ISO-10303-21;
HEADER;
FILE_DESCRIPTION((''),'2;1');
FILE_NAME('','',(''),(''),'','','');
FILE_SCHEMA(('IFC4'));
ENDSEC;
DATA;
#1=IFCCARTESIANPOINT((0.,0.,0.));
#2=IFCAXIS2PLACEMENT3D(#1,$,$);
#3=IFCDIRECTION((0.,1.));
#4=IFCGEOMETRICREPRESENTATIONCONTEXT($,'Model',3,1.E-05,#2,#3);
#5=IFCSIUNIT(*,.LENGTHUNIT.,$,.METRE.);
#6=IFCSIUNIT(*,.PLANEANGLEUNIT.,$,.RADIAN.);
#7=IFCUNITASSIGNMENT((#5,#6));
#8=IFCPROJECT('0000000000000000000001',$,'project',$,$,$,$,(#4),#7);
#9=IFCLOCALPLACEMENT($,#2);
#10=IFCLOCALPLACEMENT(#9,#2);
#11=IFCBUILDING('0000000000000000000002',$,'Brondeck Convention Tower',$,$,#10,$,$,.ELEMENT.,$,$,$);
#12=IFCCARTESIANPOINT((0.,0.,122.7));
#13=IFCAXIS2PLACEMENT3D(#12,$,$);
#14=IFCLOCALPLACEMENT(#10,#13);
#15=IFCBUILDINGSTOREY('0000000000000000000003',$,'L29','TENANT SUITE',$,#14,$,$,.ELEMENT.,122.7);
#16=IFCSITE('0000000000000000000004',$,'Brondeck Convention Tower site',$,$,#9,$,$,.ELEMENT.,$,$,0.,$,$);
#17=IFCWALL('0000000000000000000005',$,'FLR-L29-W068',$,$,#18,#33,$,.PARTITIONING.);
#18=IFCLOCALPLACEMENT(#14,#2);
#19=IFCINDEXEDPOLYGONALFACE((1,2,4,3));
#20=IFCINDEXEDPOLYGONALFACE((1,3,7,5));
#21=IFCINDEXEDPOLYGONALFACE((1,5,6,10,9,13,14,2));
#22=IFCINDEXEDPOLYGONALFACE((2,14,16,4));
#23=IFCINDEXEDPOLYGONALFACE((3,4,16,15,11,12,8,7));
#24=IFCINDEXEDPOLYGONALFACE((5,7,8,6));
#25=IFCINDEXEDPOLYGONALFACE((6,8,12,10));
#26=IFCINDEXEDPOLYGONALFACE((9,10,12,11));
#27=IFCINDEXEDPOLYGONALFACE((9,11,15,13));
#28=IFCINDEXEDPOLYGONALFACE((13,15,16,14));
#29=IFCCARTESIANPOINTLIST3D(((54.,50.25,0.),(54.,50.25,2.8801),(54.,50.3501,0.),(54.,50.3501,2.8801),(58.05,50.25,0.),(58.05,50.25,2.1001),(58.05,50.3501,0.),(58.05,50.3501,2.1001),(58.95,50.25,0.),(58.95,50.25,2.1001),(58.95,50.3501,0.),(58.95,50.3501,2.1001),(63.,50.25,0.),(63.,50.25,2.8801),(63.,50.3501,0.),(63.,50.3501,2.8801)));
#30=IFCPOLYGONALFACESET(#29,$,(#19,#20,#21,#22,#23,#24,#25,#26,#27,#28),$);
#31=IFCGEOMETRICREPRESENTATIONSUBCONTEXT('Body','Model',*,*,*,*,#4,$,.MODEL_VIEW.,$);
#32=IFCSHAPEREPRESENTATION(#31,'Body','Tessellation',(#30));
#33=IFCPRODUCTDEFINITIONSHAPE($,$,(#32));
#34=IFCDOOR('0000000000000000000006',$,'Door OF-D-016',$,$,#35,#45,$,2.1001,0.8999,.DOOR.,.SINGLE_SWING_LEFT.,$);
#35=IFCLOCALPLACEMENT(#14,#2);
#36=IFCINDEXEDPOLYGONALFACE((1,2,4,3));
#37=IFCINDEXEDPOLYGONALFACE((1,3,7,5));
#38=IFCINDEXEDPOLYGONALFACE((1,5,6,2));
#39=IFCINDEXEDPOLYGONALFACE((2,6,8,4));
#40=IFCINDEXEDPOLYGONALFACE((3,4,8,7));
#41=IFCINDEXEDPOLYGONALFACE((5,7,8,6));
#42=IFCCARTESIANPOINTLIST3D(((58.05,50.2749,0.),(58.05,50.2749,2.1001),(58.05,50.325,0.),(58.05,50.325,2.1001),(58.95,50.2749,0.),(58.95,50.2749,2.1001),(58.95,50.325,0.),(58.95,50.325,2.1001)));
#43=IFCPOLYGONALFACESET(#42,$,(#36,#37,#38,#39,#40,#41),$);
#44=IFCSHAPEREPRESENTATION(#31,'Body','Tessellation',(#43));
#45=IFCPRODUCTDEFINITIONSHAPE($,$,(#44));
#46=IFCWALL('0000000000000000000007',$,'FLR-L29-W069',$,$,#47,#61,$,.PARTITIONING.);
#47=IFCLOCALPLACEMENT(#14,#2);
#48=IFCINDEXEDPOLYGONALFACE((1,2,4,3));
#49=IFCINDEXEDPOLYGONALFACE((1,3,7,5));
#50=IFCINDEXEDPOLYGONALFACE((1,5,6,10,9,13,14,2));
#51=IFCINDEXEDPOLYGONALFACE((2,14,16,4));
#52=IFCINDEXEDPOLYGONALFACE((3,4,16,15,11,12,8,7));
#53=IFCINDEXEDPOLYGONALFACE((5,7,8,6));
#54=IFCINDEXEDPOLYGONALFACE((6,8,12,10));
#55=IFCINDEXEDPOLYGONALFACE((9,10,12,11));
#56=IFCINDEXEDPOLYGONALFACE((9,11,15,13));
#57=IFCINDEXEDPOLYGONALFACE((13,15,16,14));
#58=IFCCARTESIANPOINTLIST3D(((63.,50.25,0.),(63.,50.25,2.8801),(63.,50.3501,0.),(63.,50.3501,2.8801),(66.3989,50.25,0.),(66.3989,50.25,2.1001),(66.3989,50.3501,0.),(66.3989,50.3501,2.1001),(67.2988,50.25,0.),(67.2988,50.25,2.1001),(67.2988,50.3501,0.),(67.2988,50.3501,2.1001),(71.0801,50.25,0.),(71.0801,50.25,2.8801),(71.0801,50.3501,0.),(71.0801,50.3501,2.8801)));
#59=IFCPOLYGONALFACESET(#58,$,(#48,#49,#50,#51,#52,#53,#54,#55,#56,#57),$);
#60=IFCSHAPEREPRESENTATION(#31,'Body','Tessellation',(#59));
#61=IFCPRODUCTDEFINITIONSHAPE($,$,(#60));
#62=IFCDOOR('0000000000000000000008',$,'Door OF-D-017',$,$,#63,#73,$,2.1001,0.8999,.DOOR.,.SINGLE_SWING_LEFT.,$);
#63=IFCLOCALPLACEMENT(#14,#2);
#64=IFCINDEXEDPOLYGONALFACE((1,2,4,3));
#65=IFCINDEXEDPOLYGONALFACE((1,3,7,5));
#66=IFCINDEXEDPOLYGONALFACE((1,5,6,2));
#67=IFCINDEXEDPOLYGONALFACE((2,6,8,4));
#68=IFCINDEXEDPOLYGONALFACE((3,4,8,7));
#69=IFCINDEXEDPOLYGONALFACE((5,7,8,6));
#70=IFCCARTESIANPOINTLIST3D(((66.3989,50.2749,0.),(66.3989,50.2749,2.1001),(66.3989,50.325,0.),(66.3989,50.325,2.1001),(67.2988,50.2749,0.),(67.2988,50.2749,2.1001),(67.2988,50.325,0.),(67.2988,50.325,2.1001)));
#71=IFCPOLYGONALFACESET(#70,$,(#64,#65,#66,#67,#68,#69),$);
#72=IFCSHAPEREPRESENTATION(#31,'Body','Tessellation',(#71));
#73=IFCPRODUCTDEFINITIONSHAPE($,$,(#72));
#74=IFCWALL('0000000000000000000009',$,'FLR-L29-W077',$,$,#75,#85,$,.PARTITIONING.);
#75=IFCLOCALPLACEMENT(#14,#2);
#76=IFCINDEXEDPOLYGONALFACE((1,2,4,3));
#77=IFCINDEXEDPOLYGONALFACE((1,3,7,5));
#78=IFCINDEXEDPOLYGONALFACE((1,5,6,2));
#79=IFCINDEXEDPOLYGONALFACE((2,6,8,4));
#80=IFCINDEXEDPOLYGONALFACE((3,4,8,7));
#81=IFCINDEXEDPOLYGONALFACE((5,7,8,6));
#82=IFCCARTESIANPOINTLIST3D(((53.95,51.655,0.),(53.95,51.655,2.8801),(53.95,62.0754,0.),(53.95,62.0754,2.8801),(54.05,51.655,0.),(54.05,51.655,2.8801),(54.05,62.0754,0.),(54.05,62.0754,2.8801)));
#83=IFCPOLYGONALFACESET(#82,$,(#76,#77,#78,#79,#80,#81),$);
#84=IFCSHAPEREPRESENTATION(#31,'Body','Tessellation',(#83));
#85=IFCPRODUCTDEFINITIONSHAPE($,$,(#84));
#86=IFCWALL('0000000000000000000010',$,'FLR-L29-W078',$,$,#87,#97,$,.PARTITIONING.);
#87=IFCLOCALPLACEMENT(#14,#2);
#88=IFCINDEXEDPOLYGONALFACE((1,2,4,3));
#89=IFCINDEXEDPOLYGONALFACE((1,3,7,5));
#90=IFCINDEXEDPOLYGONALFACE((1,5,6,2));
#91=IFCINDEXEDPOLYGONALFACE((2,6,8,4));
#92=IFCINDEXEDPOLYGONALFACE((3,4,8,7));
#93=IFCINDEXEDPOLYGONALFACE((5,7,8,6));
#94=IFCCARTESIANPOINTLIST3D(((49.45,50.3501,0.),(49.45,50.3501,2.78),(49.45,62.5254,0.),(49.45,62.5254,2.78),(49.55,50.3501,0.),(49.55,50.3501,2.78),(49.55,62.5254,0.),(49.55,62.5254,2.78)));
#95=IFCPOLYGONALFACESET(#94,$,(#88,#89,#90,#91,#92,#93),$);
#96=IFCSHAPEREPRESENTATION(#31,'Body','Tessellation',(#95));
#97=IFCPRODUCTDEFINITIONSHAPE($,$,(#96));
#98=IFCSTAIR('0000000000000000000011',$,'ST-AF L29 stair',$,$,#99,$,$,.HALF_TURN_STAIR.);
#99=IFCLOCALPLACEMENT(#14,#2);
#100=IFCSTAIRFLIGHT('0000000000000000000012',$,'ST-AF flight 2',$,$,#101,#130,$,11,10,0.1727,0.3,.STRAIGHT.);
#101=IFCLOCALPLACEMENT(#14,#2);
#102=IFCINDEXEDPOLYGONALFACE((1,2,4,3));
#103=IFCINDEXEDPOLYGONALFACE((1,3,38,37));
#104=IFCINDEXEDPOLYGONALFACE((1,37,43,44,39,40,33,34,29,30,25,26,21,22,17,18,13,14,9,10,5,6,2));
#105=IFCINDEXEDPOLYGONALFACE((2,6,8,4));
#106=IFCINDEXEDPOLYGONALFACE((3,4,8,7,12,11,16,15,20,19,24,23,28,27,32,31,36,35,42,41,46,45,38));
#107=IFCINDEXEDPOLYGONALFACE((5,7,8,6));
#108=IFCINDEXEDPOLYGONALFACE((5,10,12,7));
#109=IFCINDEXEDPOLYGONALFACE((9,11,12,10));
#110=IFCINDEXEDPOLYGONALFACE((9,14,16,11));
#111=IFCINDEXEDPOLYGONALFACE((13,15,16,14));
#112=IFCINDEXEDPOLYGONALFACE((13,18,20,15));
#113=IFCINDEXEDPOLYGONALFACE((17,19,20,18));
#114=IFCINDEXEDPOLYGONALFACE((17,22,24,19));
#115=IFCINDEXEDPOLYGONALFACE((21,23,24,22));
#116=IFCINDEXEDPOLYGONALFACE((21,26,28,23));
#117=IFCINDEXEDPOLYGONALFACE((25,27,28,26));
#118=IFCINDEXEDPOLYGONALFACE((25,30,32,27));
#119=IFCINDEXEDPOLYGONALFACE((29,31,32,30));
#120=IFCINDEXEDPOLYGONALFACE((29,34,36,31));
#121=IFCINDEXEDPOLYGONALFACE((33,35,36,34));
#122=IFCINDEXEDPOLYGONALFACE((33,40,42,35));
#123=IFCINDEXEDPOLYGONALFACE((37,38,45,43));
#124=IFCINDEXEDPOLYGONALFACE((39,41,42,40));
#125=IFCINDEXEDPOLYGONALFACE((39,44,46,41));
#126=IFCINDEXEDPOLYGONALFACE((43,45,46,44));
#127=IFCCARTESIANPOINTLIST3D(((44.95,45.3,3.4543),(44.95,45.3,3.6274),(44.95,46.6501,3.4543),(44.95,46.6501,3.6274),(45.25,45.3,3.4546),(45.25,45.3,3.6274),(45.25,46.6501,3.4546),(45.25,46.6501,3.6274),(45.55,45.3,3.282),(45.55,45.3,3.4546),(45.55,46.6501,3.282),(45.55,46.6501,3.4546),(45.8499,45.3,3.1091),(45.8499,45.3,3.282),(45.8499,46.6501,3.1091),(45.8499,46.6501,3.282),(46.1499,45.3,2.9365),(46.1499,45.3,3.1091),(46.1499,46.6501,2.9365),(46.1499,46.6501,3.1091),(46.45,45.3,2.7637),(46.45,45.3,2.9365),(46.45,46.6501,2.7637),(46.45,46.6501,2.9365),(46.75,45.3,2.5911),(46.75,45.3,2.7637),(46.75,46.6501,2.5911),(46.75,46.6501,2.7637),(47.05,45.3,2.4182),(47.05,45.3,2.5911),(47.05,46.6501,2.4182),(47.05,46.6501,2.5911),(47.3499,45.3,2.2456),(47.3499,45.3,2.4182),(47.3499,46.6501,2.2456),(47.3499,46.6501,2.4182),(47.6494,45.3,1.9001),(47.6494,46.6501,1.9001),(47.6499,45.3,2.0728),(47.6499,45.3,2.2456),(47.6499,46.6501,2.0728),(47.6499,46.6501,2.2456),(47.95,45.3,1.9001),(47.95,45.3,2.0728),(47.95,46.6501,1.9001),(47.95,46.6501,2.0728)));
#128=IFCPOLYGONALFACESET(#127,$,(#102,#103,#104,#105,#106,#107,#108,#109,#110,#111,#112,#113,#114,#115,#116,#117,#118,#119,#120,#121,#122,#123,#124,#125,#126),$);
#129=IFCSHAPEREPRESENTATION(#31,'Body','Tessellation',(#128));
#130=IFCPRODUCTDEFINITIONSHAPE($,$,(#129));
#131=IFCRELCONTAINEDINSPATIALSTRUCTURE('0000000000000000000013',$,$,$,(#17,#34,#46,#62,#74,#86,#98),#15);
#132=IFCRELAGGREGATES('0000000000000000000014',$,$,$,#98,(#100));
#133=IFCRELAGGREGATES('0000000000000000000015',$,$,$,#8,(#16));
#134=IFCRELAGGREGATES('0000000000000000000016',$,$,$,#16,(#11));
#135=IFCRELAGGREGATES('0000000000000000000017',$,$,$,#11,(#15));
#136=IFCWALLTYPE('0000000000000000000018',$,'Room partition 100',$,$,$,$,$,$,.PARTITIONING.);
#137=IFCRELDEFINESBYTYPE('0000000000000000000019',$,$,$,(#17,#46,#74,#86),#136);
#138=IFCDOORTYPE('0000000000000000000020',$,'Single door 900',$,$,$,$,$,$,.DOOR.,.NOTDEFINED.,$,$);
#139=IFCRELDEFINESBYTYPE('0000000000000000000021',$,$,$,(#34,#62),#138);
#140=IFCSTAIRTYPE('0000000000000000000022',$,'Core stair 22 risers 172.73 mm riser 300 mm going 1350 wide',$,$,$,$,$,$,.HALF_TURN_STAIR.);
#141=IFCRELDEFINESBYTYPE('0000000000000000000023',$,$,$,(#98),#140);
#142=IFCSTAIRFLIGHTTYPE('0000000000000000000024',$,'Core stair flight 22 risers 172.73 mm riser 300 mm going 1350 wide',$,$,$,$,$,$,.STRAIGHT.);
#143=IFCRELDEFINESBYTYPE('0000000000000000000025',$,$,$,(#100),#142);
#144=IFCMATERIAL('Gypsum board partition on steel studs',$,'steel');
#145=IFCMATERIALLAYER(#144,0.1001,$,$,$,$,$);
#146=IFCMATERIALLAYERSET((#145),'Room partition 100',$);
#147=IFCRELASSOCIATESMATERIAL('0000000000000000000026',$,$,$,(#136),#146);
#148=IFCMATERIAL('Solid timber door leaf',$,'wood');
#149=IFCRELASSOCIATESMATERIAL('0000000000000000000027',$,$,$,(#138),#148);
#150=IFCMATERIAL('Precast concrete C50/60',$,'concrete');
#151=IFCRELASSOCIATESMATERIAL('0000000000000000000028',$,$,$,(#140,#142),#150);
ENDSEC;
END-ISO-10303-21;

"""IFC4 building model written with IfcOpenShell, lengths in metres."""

from ifc_helpers import new_model, si_unit, direction, frame, frame_2d, origin, place, context, subcontext, project, spatial, polyline, rectangle, outline, extrude, material, layer, layer_set, type_object, element, fill, aggregate, save


model = new_model("IFC4")

# Units and contexts
model_context = context("Model", 3, precision=1e-05, world=origin(), true_north=direction((0.0, 1.0)))
body_context = subcontext(model_context, "Body", "Model", "MODEL_VIEW")
ifc_project = project(units=[si_unit("LENGTHUNIT", "METRE"), si_unit("PLANEANGLEUNIT", "RADIAN")], contexts=[model_context])

# Site, building, storey
site_placement = place(None, origin())
site = spatial("IfcSite", under=ifc_project, at=site_placement, Name="Brondeck Convention Tower site", CompositionType="ELEMENT", RefElevation=0.0)
building_placement = place(site_placement, origin())
building = spatial("IfcBuilding", under=site, at=building_placement, Name="Brondeck Convention Tower", CompositionType="ELEMENT")
storey_placement = place(building_placement, frame((0.0, 0.0, 122.7)))
storey = spatial("IfcBuildingStorey", under=building, at=storey_placement, Name="L29", Description="TENANT SUITE", CompositionType="ELEMENT", Elevation=122.7)

# Shared definitions
ifc_material_1 = material(Name="Gypsum board partition on steel studs", Category="steel")
ifc_layer_1 = layer(ifc_material_1, 0.1001)
ifc_layer_set_1 = layer_set([ifc_layer_1], Name="Room partition 100")
wall_type_1 = type_object("IfcWallType", Name="Room partition 100", PredefinedType="PARTITIONING", material=ifc_layer_set_1)

# Shared definitions
ifc_material_2 = material(Name="Solid timber door leaf", Category="wood")
door_type = type_object("IfcDoorType", Name="Single door 900", OperationType="NOTDEFINED", PredefinedType="DOOR", material=ifc_material_2)

# Walls, openings, doors
wall_1_placement = place(storey_placement, frame((54.0, 50.3, 0.0), z_axis=(0.0, 0.0, 1.0), x_axis=(1.0, 0.0, 0.0)))
wall_1 = element("IfcWall", 1, at=wall_1_placement, inside=storey, type_object=wall_type_1, Name="FLR-L29-W068", PredefinedType="PARTITIONING", context=body_context, shape_type="SweptSolid", body=[
    extrude(rectangle(XDim=9.0, YDim=0.1001, at=frame_2d((4.5, 0.0))), origin(), (0.0, 0.0, 1.0), 2.8801),
])
opening_1_placement = place(wall_1_placement, frame((4.05, 0.0, 0.0)))
opening_1 = element("IfcOpeningElement", 2, at=opening_1_placement, cuts=wall_1, PredefinedType="OPENING", context=body_context, shape_type="SweptSolid", body=[
    extrude(rectangle(XDim=0.8999, YDim=2.1001, at=frame_2d((0.45, 1.05))), frame((0.0, 0.0601, 0.0), z_axis=(0.0, -1.0, 0.0), x_axis=(1.0, 0.0, 0.0)), (0.0, 0.0, 1.0), 0.1201),
])
door_1_placement = place(opening_1_placement, origin())
door_1 = element("IfcDoor", 3, at=door_1_placement, inside=storey, type_object=door_type, Name="Door OF-D-016", OperationType="SINGLE_SWING_LEFT", OverallHeight=2.1001, OverallWidth=0.8999, PredefinedType="DOOR", context=body_context, shape_type="SweptSolid", body=[
    extrude(rectangle(XDim=0.8999, YDim=2.1001, at=frame_2d((0.45, 1.05))), frame((0.0, 0.0249, 0.0), z_axis=(0.0, -1.0, 0.0), x_axis=(1.0, 0.0, 0.0)), (0.0, 0.0, 1.0), 0.05),
])
fill(opening_1, door_1)
wall_2_placement = place(storey_placement, frame((63.0, 50.3, 0.0), z_axis=(0.0, 0.0, 1.0), x_axis=(1.0, 0.0, 0.0)))
wall_2 = element("IfcWall", 4, at=wall_2_placement, inside=storey, type_object=wall_type_1, Name="FLR-L29-W069", PredefinedType="PARTITIONING", context=body_context, shape_type="SweptSolid", body=[
    extrude(rectangle(XDim=8.0801, YDim=0.1001, at=frame_2d((4.04, 0.0))), origin(), (0.0, 0.0, 1.0), 2.8801),
])
opening_2_placement = place(wall_2_placement, frame((3.3989, 0.0, 0.0)))
opening_2 = element("IfcOpeningElement", 5, at=opening_2_placement, cuts=wall_2, PredefinedType="OPENING", context=body_context, shape_type="SweptSolid", body=[
    extrude(rectangle(XDim=0.8999, YDim=2.1001, at=frame_2d((0.45, 1.05))), frame((0.0, 0.0601, 0.0), z_axis=(0.0, -1.0, 0.0), x_axis=(1.0, 0.0, 0.0)), (0.0, 0.0, 1.0), 0.1201),
])
door_2_placement = place(opening_2_placement, origin())
door_2 = element("IfcDoor", 6, at=door_2_placement, inside=storey, type_object=door_type, Name="Door OF-D-017", OperationType="SINGLE_SWING_LEFT", OverallHeight=2.1001, OverallWidth=0.8999, PredefinedType="DOOR", context=body_context, shape_type="SweptSolid", body=[
    extrude(rectangle(XDim=0.8999, YDim=2.1001, at=frame_2d((0.45, 1.05))), frame((0.0, 0.0249, 0.0), z_axis=(0.0, -1.0, 0.0), x_axis=(1.0, 0.0, 0.0)), (0.0, 0.0, 1.0), 0.05),
])
fill(opening_2, door_2)

# Walls
wall_3_placement = place(storey_placement, frame((54.0, 62.0754, 0.0), z_axis=(0.0, 0.0, 1.0), x_axis=(0.0, -1.0, 0.0)))
element("IfcWall", 7, at=wall_3_placement, inside=storey, type_object=wall_type_1, Name="FLR-L29-W077", PredefinedType="PARTITIONING", context=body_context, shape_type="SweptSolid", body=[
    extrude(rectangle(XDim=10.4204, YDim=0.1001, at=frame_2d((5.2102, 0.0))), origin(), (0.0, 0.0, 1.0), 2.8801),
])
wall_4_placement = place(storey_placement, frame((49.5, 62.5254, 0.0), z_axis=(0.0, 0.0, 1.0), x_axis=(0.0, -1.0, 0.0)))
element("IfcWall", 8, at=wall_4_placement, inside=storey, type_object=wall_type_1, Name="FLR-L29-W078", PredefinedType="PARTITIONING", context=body_context, shape_type="SweptSolid", body=[
    extrude(rectangle(XDim=12.1753, YDim=0.1001, at=frame_2d((6.0876, 0.0))), origin(), (0.0, 0.0, 1.0), 2.78),
])

# Stair, stair flight
ifc_material_3 = material(Name="Precast concrete C50/60", Category="concrete")
stair_type = type_object("IfcStairType", Name="Core stair 22 risers 172.73 mm riser 300 mm going 1350 wide", PredefinedType="HALF_TURN_STAIR", material=ifc_material_3)
stair_placement = place(storey_placement, origin())
stair = element("IfcStair", 9, at=stair_placement, inside=storey, type_object=stair_type, Name="ST-AF L29 stair", PredefinedType="HALF_TURN_STAIR")
stair_flight_type = type_object("IfcStairFlightType", Name="Core stair flight 22 risers 172.73 mm riser 300 mm going 1350 wide", PredefinedType="STRAIGHT", material=ifc_material_3)
stair_flight_placement = place(storey_placement, frame((47.95, 45.9751, 1.9001), z_axis=(0.0, 0.0, 1.0), x_axis=(-1.0, 0.0, 0.0)))
stair_flight = element("IfcStairFlight", 10, at=stair_flight_placement, type_object=stair_flight_type, Name="ST-AF flight 2", NumberOfRisers=11, NumberOfTreads=10, PredefinedType="STRAIGHT", RiserHeight=0.1727, TreadLength=0.3, context=body_context, shape_type="SweptSolid", body=[
    extrude(outline(polyline([(0.0, 0.0), (0.0, 0.1726), (0.3, 0.1726), (0.3, 0.3455), (0.6001, 0.3455), (0.6001, 0.5181), (0.8999, 0.5181), (0.8999, 0.6909), (1.2, 0.6909), (1.2, 0.8635), (1.5, 0.8635), (1.5, 1.0364), (1.8, 1.0364), (1.8, 1.209), (2.1001, 1.209), (2.1001, 1.3818), (2.3999, 1.3818), (2.3999, 1.5544), (2.7, 1.5544), (2.7, 1.7273), (3.0, 1.7273), (3.0, 1.8999), (3.0, 1.5542), (0.3005, 0.0), (0.0, 0.0)])), frame((0.0, 0.675, 0.0), z_axis=(0.0, -1.0, 0.0), x_axis=(1.0, 0.0, 0.0)), (0.0, 0.0, 1.0), 1.3501),
])
aggregate(stair, [stair_flight])

save(model, "model.ifc")
